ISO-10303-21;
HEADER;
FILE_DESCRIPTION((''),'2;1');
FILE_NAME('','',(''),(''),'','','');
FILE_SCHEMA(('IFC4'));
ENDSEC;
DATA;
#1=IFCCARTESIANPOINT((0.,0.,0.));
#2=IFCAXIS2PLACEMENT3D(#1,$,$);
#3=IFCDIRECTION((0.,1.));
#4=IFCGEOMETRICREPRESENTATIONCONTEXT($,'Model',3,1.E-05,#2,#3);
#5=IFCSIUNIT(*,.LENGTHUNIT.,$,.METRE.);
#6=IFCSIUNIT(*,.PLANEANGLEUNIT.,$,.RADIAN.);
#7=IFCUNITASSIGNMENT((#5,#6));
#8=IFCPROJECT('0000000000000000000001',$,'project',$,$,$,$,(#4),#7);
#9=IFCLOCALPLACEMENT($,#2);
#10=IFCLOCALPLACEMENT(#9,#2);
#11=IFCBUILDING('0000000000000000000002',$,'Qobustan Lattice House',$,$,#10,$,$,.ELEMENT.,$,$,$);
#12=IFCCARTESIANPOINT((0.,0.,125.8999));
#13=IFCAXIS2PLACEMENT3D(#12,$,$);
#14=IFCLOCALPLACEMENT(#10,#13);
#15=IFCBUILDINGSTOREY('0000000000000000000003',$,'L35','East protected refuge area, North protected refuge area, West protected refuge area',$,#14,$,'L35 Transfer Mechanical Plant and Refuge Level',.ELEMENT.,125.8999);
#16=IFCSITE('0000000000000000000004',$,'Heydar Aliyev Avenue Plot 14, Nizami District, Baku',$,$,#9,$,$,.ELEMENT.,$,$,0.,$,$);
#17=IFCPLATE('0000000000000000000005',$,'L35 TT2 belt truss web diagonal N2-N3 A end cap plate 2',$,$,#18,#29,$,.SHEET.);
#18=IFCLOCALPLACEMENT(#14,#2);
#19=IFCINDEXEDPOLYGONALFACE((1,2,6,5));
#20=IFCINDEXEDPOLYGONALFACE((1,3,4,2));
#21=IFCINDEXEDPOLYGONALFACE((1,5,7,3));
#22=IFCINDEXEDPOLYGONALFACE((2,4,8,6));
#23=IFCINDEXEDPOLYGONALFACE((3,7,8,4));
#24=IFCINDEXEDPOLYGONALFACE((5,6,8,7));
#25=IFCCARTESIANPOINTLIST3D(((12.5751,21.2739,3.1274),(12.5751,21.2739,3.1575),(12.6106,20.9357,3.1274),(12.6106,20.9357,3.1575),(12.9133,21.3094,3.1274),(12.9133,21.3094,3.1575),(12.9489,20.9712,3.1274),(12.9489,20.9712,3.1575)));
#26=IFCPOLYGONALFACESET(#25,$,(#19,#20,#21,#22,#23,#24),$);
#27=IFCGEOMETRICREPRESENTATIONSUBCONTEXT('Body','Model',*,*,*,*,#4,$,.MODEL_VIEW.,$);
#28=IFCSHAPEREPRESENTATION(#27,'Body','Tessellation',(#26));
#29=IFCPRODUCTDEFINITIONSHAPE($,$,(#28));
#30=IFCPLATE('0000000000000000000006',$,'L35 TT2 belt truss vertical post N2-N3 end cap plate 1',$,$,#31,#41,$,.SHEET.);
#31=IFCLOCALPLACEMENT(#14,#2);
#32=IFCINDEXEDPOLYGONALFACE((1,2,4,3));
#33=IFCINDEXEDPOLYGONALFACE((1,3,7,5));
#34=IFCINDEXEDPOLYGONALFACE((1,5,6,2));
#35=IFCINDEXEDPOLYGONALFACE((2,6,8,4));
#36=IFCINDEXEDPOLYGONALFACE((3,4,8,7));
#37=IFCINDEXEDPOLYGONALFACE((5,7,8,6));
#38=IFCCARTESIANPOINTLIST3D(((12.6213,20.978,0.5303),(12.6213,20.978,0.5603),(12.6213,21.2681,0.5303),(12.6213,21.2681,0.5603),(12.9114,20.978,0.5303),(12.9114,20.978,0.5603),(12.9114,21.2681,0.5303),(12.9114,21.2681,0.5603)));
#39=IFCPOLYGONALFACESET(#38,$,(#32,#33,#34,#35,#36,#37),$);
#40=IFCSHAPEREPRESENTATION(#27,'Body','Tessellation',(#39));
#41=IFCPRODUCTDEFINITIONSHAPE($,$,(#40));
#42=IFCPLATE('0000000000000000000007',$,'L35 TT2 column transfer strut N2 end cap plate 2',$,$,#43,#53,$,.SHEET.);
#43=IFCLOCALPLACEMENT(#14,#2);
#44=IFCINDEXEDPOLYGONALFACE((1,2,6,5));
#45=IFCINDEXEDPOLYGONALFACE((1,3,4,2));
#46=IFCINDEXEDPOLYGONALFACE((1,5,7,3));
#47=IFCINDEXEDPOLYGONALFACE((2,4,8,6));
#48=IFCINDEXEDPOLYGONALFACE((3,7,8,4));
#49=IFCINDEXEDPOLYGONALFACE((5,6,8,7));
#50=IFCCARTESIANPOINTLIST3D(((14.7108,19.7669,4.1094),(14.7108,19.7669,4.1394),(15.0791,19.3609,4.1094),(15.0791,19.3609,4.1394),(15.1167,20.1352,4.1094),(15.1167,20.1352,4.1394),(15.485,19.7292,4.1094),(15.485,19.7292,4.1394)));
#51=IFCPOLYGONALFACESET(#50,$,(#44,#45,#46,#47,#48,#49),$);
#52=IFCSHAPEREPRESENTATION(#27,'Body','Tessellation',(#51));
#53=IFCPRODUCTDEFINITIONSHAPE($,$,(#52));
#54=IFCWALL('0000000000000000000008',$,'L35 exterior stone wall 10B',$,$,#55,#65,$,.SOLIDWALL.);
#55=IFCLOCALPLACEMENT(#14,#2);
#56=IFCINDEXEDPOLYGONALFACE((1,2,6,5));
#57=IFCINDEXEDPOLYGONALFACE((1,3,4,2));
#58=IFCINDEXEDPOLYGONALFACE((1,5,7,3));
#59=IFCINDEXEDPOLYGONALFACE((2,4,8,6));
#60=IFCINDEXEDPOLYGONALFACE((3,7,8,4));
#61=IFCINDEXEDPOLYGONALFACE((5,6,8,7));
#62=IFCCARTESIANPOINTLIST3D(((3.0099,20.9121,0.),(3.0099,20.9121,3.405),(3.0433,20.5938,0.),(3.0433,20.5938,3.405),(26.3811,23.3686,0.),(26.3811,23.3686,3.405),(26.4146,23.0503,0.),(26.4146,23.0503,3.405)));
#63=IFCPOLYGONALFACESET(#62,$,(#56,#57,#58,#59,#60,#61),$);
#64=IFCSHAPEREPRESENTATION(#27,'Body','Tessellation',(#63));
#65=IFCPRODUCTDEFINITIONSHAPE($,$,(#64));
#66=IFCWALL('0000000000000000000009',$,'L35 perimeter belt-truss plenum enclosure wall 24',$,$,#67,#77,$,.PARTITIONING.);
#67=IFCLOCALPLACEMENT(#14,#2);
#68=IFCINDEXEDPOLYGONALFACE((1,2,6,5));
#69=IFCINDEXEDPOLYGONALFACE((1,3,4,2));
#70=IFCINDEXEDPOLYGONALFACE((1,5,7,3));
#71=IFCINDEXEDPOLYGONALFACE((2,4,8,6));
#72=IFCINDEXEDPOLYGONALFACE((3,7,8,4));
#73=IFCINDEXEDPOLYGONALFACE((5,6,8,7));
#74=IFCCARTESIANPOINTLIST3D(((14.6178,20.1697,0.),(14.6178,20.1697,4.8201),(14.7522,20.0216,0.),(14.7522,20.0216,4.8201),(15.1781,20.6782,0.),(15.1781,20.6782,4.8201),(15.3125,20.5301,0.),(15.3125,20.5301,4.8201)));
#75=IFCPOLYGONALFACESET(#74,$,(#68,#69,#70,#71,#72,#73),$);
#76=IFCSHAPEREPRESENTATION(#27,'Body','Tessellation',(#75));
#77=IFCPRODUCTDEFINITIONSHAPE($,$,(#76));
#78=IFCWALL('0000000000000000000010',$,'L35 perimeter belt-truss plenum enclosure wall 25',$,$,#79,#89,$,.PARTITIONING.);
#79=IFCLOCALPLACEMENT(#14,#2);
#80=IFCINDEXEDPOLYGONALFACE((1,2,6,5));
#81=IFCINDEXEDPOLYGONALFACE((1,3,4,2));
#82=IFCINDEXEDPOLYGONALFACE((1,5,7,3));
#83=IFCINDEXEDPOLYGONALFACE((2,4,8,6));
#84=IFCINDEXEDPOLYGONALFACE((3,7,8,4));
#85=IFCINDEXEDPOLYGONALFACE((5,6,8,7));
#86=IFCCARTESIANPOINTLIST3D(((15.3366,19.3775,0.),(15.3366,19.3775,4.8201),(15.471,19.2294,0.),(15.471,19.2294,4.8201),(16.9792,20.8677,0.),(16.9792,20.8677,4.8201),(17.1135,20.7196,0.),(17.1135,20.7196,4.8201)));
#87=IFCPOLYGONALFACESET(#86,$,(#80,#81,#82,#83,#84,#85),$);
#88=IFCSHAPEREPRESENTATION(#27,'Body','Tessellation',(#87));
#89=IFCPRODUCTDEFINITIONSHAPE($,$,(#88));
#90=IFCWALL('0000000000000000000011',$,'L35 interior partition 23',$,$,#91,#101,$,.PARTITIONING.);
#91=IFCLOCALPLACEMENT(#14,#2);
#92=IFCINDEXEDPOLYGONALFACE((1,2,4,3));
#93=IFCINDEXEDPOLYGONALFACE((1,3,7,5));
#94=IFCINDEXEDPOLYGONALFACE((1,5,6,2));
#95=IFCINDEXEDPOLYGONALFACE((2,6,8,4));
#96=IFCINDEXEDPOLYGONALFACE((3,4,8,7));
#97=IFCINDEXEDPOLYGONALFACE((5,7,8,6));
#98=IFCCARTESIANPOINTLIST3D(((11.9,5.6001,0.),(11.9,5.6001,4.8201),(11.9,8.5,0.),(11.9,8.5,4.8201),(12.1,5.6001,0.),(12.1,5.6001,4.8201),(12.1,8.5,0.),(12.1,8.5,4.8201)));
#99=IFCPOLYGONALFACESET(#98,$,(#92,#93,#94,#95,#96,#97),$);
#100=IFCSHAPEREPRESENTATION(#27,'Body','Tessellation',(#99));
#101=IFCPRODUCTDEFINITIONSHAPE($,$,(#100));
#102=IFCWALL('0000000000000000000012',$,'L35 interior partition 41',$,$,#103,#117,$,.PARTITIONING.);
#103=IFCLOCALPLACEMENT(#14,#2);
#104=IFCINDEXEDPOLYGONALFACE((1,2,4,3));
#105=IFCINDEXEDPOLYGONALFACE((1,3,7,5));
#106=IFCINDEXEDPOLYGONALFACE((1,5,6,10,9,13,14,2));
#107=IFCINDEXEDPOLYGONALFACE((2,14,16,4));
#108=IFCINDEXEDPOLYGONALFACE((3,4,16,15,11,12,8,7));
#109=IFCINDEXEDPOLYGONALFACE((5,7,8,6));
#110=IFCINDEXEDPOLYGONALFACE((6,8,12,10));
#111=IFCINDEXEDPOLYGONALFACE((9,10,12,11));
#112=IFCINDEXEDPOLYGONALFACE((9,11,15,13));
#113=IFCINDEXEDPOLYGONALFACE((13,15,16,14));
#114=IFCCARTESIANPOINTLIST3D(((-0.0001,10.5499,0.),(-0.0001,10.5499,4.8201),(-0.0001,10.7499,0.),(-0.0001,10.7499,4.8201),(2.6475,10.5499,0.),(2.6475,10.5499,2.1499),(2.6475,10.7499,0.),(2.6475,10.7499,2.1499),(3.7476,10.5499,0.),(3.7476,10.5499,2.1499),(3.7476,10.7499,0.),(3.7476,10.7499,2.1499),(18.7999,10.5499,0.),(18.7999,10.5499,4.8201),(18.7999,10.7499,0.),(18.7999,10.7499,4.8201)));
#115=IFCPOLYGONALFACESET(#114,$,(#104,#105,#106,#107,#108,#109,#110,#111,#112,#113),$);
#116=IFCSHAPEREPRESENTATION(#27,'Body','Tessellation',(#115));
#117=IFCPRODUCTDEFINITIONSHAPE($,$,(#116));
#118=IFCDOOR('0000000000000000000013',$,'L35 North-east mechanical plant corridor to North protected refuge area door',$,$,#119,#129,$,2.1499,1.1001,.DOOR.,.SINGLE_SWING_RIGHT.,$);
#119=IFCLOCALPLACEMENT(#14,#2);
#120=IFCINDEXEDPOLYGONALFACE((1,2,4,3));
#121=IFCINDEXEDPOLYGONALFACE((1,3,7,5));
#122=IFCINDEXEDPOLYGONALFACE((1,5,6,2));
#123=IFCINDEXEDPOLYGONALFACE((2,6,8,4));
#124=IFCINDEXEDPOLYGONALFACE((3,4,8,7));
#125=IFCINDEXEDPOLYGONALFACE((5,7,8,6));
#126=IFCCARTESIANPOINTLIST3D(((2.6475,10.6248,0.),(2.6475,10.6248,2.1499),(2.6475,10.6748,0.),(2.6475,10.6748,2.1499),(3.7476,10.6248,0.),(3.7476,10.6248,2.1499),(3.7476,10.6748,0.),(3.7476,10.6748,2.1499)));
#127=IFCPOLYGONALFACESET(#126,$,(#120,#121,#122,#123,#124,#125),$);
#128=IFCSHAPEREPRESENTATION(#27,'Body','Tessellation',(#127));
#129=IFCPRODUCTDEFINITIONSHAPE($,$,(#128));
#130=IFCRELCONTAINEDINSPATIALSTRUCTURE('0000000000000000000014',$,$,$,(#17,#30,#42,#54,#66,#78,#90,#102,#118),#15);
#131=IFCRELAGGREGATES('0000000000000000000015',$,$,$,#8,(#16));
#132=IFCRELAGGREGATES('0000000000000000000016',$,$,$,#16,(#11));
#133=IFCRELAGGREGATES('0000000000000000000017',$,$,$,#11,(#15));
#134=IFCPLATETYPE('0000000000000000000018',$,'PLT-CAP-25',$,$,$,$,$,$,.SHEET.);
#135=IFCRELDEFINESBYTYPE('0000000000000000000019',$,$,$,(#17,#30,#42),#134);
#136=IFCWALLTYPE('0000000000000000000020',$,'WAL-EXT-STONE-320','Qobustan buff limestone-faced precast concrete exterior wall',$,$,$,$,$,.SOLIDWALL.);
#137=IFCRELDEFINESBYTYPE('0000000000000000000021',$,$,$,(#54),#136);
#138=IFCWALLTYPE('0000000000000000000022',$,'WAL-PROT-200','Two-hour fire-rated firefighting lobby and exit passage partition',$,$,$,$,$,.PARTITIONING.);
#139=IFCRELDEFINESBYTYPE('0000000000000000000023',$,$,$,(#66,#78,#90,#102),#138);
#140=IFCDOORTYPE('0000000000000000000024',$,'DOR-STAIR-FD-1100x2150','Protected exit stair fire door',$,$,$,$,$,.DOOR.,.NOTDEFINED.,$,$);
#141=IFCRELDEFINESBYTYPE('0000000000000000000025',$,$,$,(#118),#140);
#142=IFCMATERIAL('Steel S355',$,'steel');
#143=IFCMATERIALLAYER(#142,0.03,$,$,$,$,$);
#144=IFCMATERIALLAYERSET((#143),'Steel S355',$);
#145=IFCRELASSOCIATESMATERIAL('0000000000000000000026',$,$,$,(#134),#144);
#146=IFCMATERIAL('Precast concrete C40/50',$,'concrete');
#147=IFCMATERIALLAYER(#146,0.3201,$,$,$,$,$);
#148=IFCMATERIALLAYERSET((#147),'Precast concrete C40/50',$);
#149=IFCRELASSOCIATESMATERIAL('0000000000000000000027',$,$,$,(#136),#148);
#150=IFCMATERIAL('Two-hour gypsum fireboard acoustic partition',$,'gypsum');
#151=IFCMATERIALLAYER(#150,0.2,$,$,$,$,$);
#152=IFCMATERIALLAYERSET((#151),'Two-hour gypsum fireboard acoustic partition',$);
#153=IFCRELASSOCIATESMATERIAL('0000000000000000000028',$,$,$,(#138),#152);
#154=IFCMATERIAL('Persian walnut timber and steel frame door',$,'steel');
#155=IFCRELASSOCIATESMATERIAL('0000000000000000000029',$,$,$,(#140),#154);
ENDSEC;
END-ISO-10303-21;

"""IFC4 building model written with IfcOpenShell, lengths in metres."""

from ifc_helpers import new_model, si_unit, direction, frame, frame_2d, origin, origin_2d, place, context, subcontext, project, spatial, rectangle, extrude, material, layer, layer_set, type_object, element, fill, save


model = new_model("IFC4")

# Units and contexts
model_context = context("Model", 3, precision=1e-05, world=origin(), true_north=direction((0.0, 1.0)))
body_context = subcontext(model_context, "Body", "Model", "MODEL_VIEW")
ifc_project = project(units=[si_unit("LENGTHUNIT", "METRE"), si_unit("PLANEANGLEUNIT", "RADIAN")], contexts=[model_context])

# Site, building, storey
site_placement = place(None, origin())
site = spatial("IfcSite", under=ifc_project, at=site_placement, Name="Heydar Aliyev Avenue Plot 14, Nizami District, Baku", CompositionType="ELEMENT", RefElevation=0.0)
building_placement = place(site_placement, origin())
building = spatial("IfcBuilding", under=site, at=building_placement, Name="Qobustan Lattice House", CompositionType="ELEMENT")
storey_placement = place(building_placement, frame((0.0, 0.0, 125.8999)))
storey = spatial("IfcBuildingStorey", under=building, at=storey_placement, Name="L35", Description="East protected refuge area, North protected refuge area, West protected refuge area", LongName="L35 Transfer Mechanical Plant and Refuge Level", CompositionType="ELEMENT", Elevation=125.8999)

# Plates
ifc_material_1 = material(Name="Steel S355", Category="steel")
ifc_layer_1 = layer(ifc_material_1, 0.03)
ifc_layer_set_1 = layer_set([ifc_layer_1], Name="Steel S355")
plate_type_1 = type_object("IfcPlateType", Name="PLT-CAP-25", PredefinedType="SHEET", material=ifc_layer_set_1)
plate_1_placement = place(storey_placement, frame((12.762, 21.1226, 3.1274), z_axis=(0.0, 0.0, 1.0), x_axis=(-0.99452, -0.104546, 0.0)))
element("IfcPlate", 1, at=plate_1_placement, inside=storey, type_object=plate_type_1, Name="L35 TT2 belt truss web diagonal N2-N3 A end cap plate 2", PredefinedType="SHEET", context=body_context, shape_type="SweptSolid", body=[
    extrude(rectangle(XDim=0.3401, YDim=0.3401, at=origin_2d()), origin(), (0.0, 0.0, 1.0), 0.03),
])
plate_2_placement = place(storey_placement, frame((12.7664, 21.123, 0.5303), z_axis=(0.0, 0.0, 1.0), x_axis=(1.0, 0.0, 0.0)))
element("IfcPlate", 2, at=plate_2_placement, inside=storey, type_object=plate_type_1, Name="L35 TT2 belt truss vertical post N2-N3 end cap plate 1", PredefinedType="SHEET", context=body_context, shape_type="SweptSolid", body=[
    extrude(rectangle(XDim=0.29, YDim=0.29, at=origin_2d()), origin(), (0.0, 0.0, 1.0), 0.03),
])
plate_3_placement = place(storey_placement, frame((15.0979, 19.748, 4.1094), z_axis=(0.0, 0.0, 1.0), x_axis=(-0.740594, -0.671953, 0.0)))
element("IfcPlate", 3, at=plate_3_placement, inside=storey, type_object=plate_type_1, Name="L35 TT2 column transfer strut N2 end cap plate 2", PredefinedType="SHEET", context=body_context, shape_type="SweptSolid", body=[
    extrude(rectangle(XDim=0.5481, YDim=0.5481, at=origin_2d()), origin(), (0.0, 0.0, 1.0), 0.03),
])

# Walls
ifc_material_2 = material(Name="Precast concrete C40/50", Category="concrete")
ifc_layer_2 = layer(ifc_material_2, 0.3201)
ifc_layer_set_2 = layer_set([ifc_layer_2], Name="Precast concrete C40/50")
wall_type_1 = type_object("IfcWallType", Name="WAL-EXT-STONE-320", Description="Qobustan buff limestone-faced precast concrete exterior wall", PredefinedType="SOLIDWALL", material=ifc_layer_set_2)
wall_1_placement = place(storey_placement, frame((3.0266, 20.7529, 0.0), z_axis=(0.0, 0.0, 1.0), x_axis=(0.994521, 0.104533, 0.0)))
element("IfcWall", 4, at=wall_1_placement, inside=storey, type_object=wall_type_1, Name="L35 exterior stone wall 10B", PredefinedType="SOLIDWALL", context=body_context, shape_type="SweptSolid", body=[
    extrude(rectangle(XDim=23.5, YDim=0.3201, at=frame_2d((11.75, 0.0))), origin(), (0.0, 0.0, 1.0), 3.405),
])
ifc_material_3 = material(Name="Two-hour gypsum fireboard acoustic partition", Category="gypsum")
ifc_layer_3 = layer(ifc_material_3, 0.2)
ifc_layer_set_3 = layer_set([ifc_layer_3], Name="Two-hour gypsum fireboard acoustic partition")
wall_type_2 = type_object("IfcWallType", Name="WAL-PROT-200", Description="Two-hour fire-rated firefighting lobby and exit passage partition", PredefinedType="PARTITIONING", material=ifc_layer_set_3)
wall_2_placement = place(storey_placement, frame((15.2454, 20.6042, 0.0), z_axis=(0.0, 0.0, 1.0), x_axis=(-0.74048, -0.672078, 0.0)))
element("IfcWall", 5, at=wall_2_placement, inside=storey, type_object=wall_type_2, Name="L35 perimeter belt-truss plenum enclosure wall 24", PredefinedType="PARTITIONING", context=body_context, shape_type="SweptSolid", body=[
    extrude(rectangle(XDim=0.7566, YDim=0.2, at=frame_2d((0.3784, 0.0))), origin(), (0.0, 0.0, 1.0), 4.8201),
])
wall_3_placement = place(storey_placement, frame((15.4038, 19.3035, 0.0), z_axis=(0.0, 0.0, 1.0), x_axis=(0.740617, 0.671927, 0.0)))
element("IfcWall", 6, at=wall_3_placement, inside=storey, type_object=wall_type_2, Name="L35 perimeter belt-truss plenum enclosure wall 25", PredefinedType="PARTITIONING", context=body_context, shape_type="SweptSolid", body=[
    extrude(rectangle(XDim=2.2178, YDim=0.2, at=frame_2d((1.1089, 0.0))), origin(), (0.0, 0.0, 1.0), 4.8201),
])
wall_4_placement = place(storey_placement, frame((12.0, 8.5, 0.0), z_axis=(0.0, 0.0, 1.0), x_axis=(0.0, -1.0, 0.0)))
element("IfcWall", 7, at=wall_4_placement, inside=storey, type_object=wall_type_2, Name="L35 interior partition 23", PredefinedType="PARTITIONING", context=body_context, shape_type="SweptSolid", body=[
    extrude(rectangle(XDim=2.8999, YDim=0.2, at=frame_2d((1.45, 0.0))), origin(), (0.0, 0.0, 1.0), 4.8201),
])

# Wall, opening, door
wall_5_placement = place(storey_placement, frame((0.0, 10.6499, 0.0), z_axis=(0.0, 0.0, 1.0), x_axis=(1.0, 0.0, 0.0)))
wall_5 = element("IfcWall", 8, at=wall_5_placement, inside=storey, type_object=wall_type_2, Name="L35 interior partition 41", PredefinedType="PARTITIONING", context=body_context, shape_type="SweptSolid", body=[
    extrude(rectangle(XDim=18.8, YDim=0.2, at=frame_2d((9.3999, 0.0))), origin(), (0.0, 0.0, 1.0), 4.8201),
])
opening_placement = place(wall_5_placement, frame((2.6475, 0.0, 0.0)))
opening = element("IfcOpeningElement", 9, at=opening_placement, cuts=wall_5, PredefinedType="OPENING", context=body_context, shape_type="SweptSolid", body=[
    extrude(rectangle(XDim=1.1001, YDim=2.1499, at=frame_2d((0.55, 1.075))), frame((0.0, 0.1099, 0.0), z_axis=(0.0, -1.0, 0.0), x_axis=(1.0, 0.0, 0.0)), (0.0, 0.0, 1.0), 0.22),
])
ifc_material_4 = material(Name="Persian walnut timber and steel frame door", Category="steel")
door_type = type_object("IfcDoorType", Name="DOR-STAIR-FD-1100x2150", Description="Protected exit stair fire door", OperationType="NOTDEFINED", PredefinedType="DOOR", material=ifc_material_4)
door_placement = place(opening_placement, origin())
door = element("IfcDoor", 10, at=door_placement, inside=storey, type_object=door_type, Name="L35 North-east mechanical plant corridor to North protected refuge area door", OperationType="SINGLE_SWING_RIGHT", OverallHeight=2.1499, OverallWidth=1.1001, PredefinedType="DOOR", context=body_context, shape_type="SweptSolid", body=[
    extrude(rectangle(XDim=1.1001, YDim=2.1499, at=frame_2d((0.55, 1.075))), frame((0.0, 0.0249, 0.0), z_axis=(0.0, -1.0, 0.0), x_axis=(1.0, 0.0, 0.0)), (0.0, 0.0, 1.0), 0.05),
])
fill(opening, door)

save(model, "model.ifc")
